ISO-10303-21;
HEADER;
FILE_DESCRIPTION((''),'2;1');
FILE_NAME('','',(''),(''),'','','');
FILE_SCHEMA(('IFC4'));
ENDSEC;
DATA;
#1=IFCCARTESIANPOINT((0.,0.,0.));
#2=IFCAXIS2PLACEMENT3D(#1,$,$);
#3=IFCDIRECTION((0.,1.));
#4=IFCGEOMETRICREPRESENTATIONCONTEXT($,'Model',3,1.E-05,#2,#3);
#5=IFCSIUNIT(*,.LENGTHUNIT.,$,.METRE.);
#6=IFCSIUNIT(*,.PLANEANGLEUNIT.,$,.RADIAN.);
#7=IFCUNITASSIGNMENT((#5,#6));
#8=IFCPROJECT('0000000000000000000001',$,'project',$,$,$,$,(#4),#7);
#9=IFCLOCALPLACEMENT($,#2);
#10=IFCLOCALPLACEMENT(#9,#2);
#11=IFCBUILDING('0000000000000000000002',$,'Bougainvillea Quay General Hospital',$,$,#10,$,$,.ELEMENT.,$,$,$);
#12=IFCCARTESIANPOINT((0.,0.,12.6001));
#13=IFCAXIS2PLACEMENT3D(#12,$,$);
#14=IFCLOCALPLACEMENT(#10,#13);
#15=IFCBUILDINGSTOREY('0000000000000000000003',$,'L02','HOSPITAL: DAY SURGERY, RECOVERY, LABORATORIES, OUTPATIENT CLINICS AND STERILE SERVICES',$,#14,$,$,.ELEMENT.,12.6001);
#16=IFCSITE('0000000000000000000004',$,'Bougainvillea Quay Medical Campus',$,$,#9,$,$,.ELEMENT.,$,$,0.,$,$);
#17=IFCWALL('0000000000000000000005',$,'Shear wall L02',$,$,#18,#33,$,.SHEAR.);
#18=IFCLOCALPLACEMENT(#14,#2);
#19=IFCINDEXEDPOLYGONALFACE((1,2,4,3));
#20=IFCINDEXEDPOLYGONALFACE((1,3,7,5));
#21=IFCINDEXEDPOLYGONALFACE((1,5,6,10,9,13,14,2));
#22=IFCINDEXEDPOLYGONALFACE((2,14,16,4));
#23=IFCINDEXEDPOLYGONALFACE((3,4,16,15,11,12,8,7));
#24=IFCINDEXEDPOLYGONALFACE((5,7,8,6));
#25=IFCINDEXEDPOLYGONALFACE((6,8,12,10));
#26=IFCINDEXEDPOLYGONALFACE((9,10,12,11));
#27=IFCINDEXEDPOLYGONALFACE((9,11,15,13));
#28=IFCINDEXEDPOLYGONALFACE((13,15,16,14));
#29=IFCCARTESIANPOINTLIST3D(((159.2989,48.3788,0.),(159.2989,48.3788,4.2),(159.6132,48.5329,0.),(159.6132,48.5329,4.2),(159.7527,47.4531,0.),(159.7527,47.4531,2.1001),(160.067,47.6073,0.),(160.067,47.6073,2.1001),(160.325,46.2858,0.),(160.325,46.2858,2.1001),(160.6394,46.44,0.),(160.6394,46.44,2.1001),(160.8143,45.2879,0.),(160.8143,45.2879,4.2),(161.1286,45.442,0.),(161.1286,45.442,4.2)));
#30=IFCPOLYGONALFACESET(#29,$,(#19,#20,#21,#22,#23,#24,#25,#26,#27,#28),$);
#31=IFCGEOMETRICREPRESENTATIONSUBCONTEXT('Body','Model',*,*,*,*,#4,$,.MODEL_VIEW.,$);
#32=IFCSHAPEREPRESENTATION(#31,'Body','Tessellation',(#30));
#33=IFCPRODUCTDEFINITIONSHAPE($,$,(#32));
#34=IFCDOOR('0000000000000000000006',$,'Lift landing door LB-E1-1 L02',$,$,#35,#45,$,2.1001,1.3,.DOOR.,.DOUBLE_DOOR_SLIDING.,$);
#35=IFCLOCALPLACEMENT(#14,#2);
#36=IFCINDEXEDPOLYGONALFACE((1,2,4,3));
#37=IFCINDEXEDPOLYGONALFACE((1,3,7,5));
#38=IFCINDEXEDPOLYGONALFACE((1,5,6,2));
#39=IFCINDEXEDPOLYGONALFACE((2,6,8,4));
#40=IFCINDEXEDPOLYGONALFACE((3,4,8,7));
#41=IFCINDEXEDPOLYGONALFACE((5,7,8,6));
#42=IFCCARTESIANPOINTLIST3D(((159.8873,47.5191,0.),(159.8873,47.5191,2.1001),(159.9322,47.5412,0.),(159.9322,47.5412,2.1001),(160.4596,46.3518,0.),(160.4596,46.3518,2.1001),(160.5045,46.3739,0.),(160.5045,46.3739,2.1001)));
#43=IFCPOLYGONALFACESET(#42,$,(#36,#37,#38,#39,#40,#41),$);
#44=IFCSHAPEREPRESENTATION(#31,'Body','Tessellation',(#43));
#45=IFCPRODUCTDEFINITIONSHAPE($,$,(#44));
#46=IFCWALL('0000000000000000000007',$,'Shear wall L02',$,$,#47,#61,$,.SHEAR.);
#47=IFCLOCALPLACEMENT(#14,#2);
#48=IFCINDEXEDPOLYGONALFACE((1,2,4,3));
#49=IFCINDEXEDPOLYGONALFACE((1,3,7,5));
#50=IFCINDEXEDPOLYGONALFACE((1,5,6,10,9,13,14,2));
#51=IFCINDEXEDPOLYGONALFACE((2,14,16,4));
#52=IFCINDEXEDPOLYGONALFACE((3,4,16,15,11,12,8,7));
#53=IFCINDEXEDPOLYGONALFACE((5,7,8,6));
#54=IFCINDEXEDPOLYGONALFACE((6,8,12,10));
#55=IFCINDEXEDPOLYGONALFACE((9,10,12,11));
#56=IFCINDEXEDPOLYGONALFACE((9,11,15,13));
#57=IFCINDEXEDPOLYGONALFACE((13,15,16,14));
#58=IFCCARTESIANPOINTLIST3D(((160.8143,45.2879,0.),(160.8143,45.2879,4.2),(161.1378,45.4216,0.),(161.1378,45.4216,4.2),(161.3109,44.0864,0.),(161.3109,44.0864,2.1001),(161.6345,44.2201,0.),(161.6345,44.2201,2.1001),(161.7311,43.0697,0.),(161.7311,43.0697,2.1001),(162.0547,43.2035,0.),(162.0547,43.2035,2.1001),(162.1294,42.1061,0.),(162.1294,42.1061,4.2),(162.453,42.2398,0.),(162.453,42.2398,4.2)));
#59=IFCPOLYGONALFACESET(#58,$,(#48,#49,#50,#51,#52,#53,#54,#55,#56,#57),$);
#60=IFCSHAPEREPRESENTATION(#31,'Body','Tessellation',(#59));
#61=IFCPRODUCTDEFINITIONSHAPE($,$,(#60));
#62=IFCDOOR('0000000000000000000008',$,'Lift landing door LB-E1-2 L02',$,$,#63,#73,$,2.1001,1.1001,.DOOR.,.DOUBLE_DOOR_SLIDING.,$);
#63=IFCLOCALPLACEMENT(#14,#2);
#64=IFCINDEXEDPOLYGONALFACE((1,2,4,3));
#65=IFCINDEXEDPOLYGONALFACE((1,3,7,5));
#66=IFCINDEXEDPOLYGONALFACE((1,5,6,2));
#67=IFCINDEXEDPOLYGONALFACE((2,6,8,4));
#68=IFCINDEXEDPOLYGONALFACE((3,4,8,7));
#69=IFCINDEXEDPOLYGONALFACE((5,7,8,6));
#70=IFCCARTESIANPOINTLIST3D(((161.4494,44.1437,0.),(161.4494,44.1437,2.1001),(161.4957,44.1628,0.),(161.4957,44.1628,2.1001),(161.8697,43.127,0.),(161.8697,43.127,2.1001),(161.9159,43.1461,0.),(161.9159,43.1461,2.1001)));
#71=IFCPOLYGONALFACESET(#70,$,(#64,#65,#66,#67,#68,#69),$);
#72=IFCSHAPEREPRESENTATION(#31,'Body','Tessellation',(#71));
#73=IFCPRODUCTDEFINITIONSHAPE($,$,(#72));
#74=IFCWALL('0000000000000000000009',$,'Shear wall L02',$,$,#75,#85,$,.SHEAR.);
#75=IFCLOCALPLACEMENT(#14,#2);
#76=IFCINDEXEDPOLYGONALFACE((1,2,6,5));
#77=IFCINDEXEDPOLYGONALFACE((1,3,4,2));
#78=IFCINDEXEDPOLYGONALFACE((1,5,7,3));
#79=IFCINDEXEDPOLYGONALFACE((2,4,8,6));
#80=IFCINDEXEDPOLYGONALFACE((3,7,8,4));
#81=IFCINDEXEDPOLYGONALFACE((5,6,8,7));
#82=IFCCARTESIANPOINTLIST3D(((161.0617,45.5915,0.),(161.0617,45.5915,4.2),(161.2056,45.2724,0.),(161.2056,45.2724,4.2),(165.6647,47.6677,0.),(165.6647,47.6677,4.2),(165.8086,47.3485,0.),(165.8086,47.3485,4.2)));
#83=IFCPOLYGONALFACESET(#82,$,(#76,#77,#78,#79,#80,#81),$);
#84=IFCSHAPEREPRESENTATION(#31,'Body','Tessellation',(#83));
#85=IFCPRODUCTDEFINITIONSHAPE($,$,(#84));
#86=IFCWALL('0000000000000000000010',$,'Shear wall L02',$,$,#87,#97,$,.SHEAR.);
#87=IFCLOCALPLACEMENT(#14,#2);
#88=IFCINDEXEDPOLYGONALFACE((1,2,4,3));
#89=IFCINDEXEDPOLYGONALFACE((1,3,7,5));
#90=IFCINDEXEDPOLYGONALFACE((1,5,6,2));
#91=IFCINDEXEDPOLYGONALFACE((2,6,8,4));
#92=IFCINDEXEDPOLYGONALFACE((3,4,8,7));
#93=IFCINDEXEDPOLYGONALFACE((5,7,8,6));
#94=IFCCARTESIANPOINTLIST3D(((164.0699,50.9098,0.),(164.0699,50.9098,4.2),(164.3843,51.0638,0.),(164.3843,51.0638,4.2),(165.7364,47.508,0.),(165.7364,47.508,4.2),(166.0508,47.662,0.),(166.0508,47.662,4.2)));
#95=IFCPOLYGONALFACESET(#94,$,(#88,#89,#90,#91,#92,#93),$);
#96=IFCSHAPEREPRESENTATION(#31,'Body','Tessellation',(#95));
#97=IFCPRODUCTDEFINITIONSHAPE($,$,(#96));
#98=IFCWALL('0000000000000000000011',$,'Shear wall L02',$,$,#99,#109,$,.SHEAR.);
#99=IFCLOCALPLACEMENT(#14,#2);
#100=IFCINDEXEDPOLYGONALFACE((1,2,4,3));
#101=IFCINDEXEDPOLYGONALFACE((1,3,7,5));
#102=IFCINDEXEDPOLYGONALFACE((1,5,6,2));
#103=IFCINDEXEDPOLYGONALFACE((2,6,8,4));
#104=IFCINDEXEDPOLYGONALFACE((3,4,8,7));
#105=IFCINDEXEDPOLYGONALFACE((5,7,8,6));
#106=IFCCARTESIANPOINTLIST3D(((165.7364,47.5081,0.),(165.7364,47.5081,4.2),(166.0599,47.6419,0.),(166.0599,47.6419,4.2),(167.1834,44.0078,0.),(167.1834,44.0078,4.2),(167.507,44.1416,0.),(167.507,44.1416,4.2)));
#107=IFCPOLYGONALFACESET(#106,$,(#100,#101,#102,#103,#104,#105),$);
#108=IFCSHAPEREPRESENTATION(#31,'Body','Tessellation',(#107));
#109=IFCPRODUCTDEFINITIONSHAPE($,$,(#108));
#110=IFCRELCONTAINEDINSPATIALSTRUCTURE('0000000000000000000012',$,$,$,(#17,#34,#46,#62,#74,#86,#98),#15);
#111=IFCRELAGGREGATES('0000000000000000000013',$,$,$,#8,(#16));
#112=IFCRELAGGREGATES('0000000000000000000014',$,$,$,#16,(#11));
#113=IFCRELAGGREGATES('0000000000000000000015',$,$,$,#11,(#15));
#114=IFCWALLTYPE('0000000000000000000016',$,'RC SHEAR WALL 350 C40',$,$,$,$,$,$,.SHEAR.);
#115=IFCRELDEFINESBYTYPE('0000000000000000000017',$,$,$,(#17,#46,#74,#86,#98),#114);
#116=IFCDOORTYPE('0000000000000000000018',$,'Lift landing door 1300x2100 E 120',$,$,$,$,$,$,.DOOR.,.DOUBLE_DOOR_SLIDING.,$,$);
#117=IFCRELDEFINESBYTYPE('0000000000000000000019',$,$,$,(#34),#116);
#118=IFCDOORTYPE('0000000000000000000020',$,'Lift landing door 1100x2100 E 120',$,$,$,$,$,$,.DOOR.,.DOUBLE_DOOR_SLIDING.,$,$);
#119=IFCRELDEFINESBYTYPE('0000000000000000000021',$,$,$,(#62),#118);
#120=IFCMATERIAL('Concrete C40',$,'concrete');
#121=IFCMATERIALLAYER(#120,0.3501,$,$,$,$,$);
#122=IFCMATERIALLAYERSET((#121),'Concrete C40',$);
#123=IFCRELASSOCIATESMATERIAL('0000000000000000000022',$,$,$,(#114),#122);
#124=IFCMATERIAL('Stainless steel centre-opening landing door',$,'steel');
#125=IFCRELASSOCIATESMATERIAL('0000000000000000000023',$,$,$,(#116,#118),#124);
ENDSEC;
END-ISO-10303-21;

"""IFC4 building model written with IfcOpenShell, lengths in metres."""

from ifc_helpers import new_model, si_unit, direction, frame, frame_2d, origin, place, context, subcontext, project, spatial, rectangle, extrude, material, layer, layer_set, type_object, element, fill, save


model = new_model("IFC4")

# Units and contexts
model_context = context("Model", 3, precision=1e-05, world=origin(), true_north=direction((0.0, 1.0)))
body_context = subcontext(model_context, "Body", "Model", "MODEL_VIEW")
ifc_project = project(units=[si_unit("LENGTHUNIT", "METRE"), si_unit("PLANEANGLEUNIT", "RADIAN")], contexts=[model_context])

# Site, building, storey
site_placement = place(None, origin())
site = spatial("IfcSite", under=ifc_project, at=site_placement, Name="Bougainvillea Quay Medical Campus", CompositionType="ELEMENT", RefElevation=0.0)
building_placement = place(site_placement, origin())
building = spatial("IfcBuilding", under=site, at=building_placement, Name="Bougainvillea Quay General Hospital", CompositionType="ELEMENT")
storey_placement = place(building_placement, frame((0.0, 0.0, 12.6001)))
storey = spatial("IfcBuildingStorey", under=building, at=storey_placement, Name="L02", Description="HOSPITAL: DAY SURGERY, RECOVERY, LABORATORIES, OUTPATIENT CLINICS AND STERILE SERVICES", CompositionType="ELEMENT", Elevation=12.6001)

# Shared definitions
ifc_material_1 = material(Name="Concrete C40", Category="concrete")

# Shared definitions
ifc_layer_1 = layer(ifc_material_1, 0.3501)
ifc_layer_set_1 = layer_set([ifc_layer_1], Name="Concrete C40")
wall_type_1 = type_object("IfcWallType", Name="RC SHEAR WALL 350 C40", PredefinedType="SHEAR", material=ifc_layer_set_1)

# Walls, openings, doors
wall_1_placement = place(storey_placement, frame((159.4561, 48.4558, 0.0), z_axis=(0.0, 0.0, 1.0), x_axis=(0.440221, -0.897889, 0.0)))
wall_1 = element("IfcWall", 1, at=wall_1_placement, inside=storey, type_object=wall_type_1, Name="Shear wall L02", PredefinedType="SHEAR", context=body_context, shape_type="SweptSolid", body=[
    extrude(rectangle(XDim=3.4424, YDim=0.3501, at=frame_2d((1.7212, 0.0))), origin(), (0.0, 0.0, 1.0), 4.2),
])
opening_1_placement = place(wall_1_placement, frame((1.031, 0.0, 0.0)))
opening_1 = element("IfcOpeningElement", 2, at=opening_1_placement, cuts=wall_1, PredefinedType="OPENING", context=body_context, shape_type="SweptSolid", body=[
    extrude(rectangle(XDim=1.3, YDim=2.1001, at=frame_2d((0.6499, 1.05))), frame((0.0, 0.1851, 0.0), z_axis=(0.0, -1.0, 0.0), x_axis=(1.0, 0.0, 0.0)), (0.0, 0.0, 1.0), 0.3701),
])
ifc_material_2 = material(Name="Stainless steel centre-opening landing door", Category="steel")
door_type_1 = type_object("IfcDoorType", Name="Lift landing door 1300x2100 E 120", OperationType="DOUBLE_DOOR_SLIDING", PredefinedType="DOOR", material=ifc_material_2)
door_1_placement = place(opening_1_placement, origin())
door_1 = element("IfcDoor", 3, at=door_1_placement, inside=storey, type_object=door_type_1, Name="Lift landing door LB-E1-1 L02", OperationType="DOUBLE_DOOR_SLIDING", OverallHeight=2.1001, OverallWidth=1.3, PredefinedType="DOOR", context=body_context, shape_type="SweptSolid", body=[
    extrude(rectangle(XDim=1.3, YDim=2.1001, at=frame_2d((0.6499, 1.05))), frame((0.0, 0.0249, 0.0), z_axis=(0.0, -1.0, 0.0), x_axis=(1.0, 0.0, 0.0)), (0.0, 0.0, 1.0), 0.05),
])
fill(opening_1, door_1)
wall_2_placement = place(storey_placement, frame((160.9761, 45.3547, 0.0), z_axis=(0.0, 0.0, 1.0), x_axis=(0.381991, -0.924166, 0.0)))
wall_2 = element("IfcWall", 4, at=wall_2_placement, inside=storey, type_object=wall_type_1, Name="Shear wall L02", PredefinedType="SHEAR", context=body_context, shape_type="SweptSolid", body=[
    extrude(rectangle(XDim=3.4429, YDim=0.3501, at=frame_2d((1.7214, 0.0))), origin(), (0.0, 0.0, 1.0), 4.2),
])
opening_2_placement = place(wall_2_placement, frame((1.3, 0.0, 0.0)))
opening_2 = element("IfcOpeningElement", 5, at=opening_2_placement, cuts=wall_2, PredefinedType="OPENING", context=body_context, shape_type="SweptSolid", body=[
    extrude(rectangle(XDim=1.1001, YDim=2.1001, at=frame_2d((0.55, 1.05))), frame((0.0, 0.1851, 0.0), z_axis=(0.0, -1.0, 0.0), x_axis=(1.0, 0.0, 0.0)), (0.0, 0.0, 1.0), 0.3701),
])
door_type_2 = type_object("IfcDoorType", Name="Lift landing door 1100x2100 E 120", OperationType="DOUBLE_DOOR_SLIDING", PredefinedType="DOOR", material=ifc_material_2)
door_2_placement = place(opening_2_placement, origin())
door_2 = element("IfcDoor", 6, at=door_2_placement, inside=storey, type_object=door_type_2, Name="Lift landing door LB-E1-2 L02", OperationType="DOUBLE_DOOR_SLIDING", OverallHeight=2.1001, OverallWidth=1.1001, PredefinedType="DOOR", context=body_context, shape_type="SweptSolid", body=[
    extrude(rectangle(XDim=1.1001, YDim=2.1001, at=frame_2d((0.55, 1.05))), frame((0.0, 0.0249, 0.0), z_axis=(0.0, -1.0, 0.0), x_axis=(1.0, 0.0, 0.0)), (0.0, 0.0, 1.0), 0.05),
])
fill(opening_2, door_2)

# Walls
wall_3_placement = place(storey_placement, frame((161.1335, 45.4319, 0.0), z_axis=(0.0, 0.0, 1.0), x_axis=(0.911565, 0.411157, 0.0)))
element("IfcWall", 7, at=wall_3_placement, inside=storey, type_object=wall_type_1, Name="Shear wall L02", PredefinedType="SHEAR", context=body_context, shape_type="SweptSolid", body=[
    extrude(rectangle(XDim=5.0496, YDim=0.3501, at=frame_2d((2.5249, 0.0))), origin(), (0.0, 0.0, 1.0), 4.2),
])
wall_4_placement = place(storey_placement, frame((165.8936, 47.585, 0.0), z_axis=(0.0, 0.0, 1.0), x_axis=(-0.439929, 0.898033, 0.0)))
element("IfcWall", 8, at=wall_4_placement, inside=storey, type_object=wall_type_1, Name="Shear wall L02", PredefinedType="SHEAR", context=body_context, shape_type="SweptSolid", body=[
    extrude(rectangle(XDim=3.7881, YDim=0.3501, at=frame_2d((1.894, 0.0))), origin(), (0.0, 0.0, 1.0), 4.2),
])
wall_5_placement = place(storey_placement, frame((167.3452, 44.0747, 0.0), z_axis=(0.0, 0.0, 1.0), x_axis=(-0.382046, 0.924143, 0.0)))
element("IfcWall", 9, at=wall_5_placement, inside=storey, type_object=wall_type_1, Name="Shear wall L02", PredefinedType="SHEAR", context=body_context, shape_type="SweptSolid", body=[
    extrude(rectangle(XDim=3.7876, YDim=0.3501, at=frame_2d((1.8938, 0.0))), origin(), (0.0, 0.0, 1.0), 4.2),
])

save(model, "model.ifc")
